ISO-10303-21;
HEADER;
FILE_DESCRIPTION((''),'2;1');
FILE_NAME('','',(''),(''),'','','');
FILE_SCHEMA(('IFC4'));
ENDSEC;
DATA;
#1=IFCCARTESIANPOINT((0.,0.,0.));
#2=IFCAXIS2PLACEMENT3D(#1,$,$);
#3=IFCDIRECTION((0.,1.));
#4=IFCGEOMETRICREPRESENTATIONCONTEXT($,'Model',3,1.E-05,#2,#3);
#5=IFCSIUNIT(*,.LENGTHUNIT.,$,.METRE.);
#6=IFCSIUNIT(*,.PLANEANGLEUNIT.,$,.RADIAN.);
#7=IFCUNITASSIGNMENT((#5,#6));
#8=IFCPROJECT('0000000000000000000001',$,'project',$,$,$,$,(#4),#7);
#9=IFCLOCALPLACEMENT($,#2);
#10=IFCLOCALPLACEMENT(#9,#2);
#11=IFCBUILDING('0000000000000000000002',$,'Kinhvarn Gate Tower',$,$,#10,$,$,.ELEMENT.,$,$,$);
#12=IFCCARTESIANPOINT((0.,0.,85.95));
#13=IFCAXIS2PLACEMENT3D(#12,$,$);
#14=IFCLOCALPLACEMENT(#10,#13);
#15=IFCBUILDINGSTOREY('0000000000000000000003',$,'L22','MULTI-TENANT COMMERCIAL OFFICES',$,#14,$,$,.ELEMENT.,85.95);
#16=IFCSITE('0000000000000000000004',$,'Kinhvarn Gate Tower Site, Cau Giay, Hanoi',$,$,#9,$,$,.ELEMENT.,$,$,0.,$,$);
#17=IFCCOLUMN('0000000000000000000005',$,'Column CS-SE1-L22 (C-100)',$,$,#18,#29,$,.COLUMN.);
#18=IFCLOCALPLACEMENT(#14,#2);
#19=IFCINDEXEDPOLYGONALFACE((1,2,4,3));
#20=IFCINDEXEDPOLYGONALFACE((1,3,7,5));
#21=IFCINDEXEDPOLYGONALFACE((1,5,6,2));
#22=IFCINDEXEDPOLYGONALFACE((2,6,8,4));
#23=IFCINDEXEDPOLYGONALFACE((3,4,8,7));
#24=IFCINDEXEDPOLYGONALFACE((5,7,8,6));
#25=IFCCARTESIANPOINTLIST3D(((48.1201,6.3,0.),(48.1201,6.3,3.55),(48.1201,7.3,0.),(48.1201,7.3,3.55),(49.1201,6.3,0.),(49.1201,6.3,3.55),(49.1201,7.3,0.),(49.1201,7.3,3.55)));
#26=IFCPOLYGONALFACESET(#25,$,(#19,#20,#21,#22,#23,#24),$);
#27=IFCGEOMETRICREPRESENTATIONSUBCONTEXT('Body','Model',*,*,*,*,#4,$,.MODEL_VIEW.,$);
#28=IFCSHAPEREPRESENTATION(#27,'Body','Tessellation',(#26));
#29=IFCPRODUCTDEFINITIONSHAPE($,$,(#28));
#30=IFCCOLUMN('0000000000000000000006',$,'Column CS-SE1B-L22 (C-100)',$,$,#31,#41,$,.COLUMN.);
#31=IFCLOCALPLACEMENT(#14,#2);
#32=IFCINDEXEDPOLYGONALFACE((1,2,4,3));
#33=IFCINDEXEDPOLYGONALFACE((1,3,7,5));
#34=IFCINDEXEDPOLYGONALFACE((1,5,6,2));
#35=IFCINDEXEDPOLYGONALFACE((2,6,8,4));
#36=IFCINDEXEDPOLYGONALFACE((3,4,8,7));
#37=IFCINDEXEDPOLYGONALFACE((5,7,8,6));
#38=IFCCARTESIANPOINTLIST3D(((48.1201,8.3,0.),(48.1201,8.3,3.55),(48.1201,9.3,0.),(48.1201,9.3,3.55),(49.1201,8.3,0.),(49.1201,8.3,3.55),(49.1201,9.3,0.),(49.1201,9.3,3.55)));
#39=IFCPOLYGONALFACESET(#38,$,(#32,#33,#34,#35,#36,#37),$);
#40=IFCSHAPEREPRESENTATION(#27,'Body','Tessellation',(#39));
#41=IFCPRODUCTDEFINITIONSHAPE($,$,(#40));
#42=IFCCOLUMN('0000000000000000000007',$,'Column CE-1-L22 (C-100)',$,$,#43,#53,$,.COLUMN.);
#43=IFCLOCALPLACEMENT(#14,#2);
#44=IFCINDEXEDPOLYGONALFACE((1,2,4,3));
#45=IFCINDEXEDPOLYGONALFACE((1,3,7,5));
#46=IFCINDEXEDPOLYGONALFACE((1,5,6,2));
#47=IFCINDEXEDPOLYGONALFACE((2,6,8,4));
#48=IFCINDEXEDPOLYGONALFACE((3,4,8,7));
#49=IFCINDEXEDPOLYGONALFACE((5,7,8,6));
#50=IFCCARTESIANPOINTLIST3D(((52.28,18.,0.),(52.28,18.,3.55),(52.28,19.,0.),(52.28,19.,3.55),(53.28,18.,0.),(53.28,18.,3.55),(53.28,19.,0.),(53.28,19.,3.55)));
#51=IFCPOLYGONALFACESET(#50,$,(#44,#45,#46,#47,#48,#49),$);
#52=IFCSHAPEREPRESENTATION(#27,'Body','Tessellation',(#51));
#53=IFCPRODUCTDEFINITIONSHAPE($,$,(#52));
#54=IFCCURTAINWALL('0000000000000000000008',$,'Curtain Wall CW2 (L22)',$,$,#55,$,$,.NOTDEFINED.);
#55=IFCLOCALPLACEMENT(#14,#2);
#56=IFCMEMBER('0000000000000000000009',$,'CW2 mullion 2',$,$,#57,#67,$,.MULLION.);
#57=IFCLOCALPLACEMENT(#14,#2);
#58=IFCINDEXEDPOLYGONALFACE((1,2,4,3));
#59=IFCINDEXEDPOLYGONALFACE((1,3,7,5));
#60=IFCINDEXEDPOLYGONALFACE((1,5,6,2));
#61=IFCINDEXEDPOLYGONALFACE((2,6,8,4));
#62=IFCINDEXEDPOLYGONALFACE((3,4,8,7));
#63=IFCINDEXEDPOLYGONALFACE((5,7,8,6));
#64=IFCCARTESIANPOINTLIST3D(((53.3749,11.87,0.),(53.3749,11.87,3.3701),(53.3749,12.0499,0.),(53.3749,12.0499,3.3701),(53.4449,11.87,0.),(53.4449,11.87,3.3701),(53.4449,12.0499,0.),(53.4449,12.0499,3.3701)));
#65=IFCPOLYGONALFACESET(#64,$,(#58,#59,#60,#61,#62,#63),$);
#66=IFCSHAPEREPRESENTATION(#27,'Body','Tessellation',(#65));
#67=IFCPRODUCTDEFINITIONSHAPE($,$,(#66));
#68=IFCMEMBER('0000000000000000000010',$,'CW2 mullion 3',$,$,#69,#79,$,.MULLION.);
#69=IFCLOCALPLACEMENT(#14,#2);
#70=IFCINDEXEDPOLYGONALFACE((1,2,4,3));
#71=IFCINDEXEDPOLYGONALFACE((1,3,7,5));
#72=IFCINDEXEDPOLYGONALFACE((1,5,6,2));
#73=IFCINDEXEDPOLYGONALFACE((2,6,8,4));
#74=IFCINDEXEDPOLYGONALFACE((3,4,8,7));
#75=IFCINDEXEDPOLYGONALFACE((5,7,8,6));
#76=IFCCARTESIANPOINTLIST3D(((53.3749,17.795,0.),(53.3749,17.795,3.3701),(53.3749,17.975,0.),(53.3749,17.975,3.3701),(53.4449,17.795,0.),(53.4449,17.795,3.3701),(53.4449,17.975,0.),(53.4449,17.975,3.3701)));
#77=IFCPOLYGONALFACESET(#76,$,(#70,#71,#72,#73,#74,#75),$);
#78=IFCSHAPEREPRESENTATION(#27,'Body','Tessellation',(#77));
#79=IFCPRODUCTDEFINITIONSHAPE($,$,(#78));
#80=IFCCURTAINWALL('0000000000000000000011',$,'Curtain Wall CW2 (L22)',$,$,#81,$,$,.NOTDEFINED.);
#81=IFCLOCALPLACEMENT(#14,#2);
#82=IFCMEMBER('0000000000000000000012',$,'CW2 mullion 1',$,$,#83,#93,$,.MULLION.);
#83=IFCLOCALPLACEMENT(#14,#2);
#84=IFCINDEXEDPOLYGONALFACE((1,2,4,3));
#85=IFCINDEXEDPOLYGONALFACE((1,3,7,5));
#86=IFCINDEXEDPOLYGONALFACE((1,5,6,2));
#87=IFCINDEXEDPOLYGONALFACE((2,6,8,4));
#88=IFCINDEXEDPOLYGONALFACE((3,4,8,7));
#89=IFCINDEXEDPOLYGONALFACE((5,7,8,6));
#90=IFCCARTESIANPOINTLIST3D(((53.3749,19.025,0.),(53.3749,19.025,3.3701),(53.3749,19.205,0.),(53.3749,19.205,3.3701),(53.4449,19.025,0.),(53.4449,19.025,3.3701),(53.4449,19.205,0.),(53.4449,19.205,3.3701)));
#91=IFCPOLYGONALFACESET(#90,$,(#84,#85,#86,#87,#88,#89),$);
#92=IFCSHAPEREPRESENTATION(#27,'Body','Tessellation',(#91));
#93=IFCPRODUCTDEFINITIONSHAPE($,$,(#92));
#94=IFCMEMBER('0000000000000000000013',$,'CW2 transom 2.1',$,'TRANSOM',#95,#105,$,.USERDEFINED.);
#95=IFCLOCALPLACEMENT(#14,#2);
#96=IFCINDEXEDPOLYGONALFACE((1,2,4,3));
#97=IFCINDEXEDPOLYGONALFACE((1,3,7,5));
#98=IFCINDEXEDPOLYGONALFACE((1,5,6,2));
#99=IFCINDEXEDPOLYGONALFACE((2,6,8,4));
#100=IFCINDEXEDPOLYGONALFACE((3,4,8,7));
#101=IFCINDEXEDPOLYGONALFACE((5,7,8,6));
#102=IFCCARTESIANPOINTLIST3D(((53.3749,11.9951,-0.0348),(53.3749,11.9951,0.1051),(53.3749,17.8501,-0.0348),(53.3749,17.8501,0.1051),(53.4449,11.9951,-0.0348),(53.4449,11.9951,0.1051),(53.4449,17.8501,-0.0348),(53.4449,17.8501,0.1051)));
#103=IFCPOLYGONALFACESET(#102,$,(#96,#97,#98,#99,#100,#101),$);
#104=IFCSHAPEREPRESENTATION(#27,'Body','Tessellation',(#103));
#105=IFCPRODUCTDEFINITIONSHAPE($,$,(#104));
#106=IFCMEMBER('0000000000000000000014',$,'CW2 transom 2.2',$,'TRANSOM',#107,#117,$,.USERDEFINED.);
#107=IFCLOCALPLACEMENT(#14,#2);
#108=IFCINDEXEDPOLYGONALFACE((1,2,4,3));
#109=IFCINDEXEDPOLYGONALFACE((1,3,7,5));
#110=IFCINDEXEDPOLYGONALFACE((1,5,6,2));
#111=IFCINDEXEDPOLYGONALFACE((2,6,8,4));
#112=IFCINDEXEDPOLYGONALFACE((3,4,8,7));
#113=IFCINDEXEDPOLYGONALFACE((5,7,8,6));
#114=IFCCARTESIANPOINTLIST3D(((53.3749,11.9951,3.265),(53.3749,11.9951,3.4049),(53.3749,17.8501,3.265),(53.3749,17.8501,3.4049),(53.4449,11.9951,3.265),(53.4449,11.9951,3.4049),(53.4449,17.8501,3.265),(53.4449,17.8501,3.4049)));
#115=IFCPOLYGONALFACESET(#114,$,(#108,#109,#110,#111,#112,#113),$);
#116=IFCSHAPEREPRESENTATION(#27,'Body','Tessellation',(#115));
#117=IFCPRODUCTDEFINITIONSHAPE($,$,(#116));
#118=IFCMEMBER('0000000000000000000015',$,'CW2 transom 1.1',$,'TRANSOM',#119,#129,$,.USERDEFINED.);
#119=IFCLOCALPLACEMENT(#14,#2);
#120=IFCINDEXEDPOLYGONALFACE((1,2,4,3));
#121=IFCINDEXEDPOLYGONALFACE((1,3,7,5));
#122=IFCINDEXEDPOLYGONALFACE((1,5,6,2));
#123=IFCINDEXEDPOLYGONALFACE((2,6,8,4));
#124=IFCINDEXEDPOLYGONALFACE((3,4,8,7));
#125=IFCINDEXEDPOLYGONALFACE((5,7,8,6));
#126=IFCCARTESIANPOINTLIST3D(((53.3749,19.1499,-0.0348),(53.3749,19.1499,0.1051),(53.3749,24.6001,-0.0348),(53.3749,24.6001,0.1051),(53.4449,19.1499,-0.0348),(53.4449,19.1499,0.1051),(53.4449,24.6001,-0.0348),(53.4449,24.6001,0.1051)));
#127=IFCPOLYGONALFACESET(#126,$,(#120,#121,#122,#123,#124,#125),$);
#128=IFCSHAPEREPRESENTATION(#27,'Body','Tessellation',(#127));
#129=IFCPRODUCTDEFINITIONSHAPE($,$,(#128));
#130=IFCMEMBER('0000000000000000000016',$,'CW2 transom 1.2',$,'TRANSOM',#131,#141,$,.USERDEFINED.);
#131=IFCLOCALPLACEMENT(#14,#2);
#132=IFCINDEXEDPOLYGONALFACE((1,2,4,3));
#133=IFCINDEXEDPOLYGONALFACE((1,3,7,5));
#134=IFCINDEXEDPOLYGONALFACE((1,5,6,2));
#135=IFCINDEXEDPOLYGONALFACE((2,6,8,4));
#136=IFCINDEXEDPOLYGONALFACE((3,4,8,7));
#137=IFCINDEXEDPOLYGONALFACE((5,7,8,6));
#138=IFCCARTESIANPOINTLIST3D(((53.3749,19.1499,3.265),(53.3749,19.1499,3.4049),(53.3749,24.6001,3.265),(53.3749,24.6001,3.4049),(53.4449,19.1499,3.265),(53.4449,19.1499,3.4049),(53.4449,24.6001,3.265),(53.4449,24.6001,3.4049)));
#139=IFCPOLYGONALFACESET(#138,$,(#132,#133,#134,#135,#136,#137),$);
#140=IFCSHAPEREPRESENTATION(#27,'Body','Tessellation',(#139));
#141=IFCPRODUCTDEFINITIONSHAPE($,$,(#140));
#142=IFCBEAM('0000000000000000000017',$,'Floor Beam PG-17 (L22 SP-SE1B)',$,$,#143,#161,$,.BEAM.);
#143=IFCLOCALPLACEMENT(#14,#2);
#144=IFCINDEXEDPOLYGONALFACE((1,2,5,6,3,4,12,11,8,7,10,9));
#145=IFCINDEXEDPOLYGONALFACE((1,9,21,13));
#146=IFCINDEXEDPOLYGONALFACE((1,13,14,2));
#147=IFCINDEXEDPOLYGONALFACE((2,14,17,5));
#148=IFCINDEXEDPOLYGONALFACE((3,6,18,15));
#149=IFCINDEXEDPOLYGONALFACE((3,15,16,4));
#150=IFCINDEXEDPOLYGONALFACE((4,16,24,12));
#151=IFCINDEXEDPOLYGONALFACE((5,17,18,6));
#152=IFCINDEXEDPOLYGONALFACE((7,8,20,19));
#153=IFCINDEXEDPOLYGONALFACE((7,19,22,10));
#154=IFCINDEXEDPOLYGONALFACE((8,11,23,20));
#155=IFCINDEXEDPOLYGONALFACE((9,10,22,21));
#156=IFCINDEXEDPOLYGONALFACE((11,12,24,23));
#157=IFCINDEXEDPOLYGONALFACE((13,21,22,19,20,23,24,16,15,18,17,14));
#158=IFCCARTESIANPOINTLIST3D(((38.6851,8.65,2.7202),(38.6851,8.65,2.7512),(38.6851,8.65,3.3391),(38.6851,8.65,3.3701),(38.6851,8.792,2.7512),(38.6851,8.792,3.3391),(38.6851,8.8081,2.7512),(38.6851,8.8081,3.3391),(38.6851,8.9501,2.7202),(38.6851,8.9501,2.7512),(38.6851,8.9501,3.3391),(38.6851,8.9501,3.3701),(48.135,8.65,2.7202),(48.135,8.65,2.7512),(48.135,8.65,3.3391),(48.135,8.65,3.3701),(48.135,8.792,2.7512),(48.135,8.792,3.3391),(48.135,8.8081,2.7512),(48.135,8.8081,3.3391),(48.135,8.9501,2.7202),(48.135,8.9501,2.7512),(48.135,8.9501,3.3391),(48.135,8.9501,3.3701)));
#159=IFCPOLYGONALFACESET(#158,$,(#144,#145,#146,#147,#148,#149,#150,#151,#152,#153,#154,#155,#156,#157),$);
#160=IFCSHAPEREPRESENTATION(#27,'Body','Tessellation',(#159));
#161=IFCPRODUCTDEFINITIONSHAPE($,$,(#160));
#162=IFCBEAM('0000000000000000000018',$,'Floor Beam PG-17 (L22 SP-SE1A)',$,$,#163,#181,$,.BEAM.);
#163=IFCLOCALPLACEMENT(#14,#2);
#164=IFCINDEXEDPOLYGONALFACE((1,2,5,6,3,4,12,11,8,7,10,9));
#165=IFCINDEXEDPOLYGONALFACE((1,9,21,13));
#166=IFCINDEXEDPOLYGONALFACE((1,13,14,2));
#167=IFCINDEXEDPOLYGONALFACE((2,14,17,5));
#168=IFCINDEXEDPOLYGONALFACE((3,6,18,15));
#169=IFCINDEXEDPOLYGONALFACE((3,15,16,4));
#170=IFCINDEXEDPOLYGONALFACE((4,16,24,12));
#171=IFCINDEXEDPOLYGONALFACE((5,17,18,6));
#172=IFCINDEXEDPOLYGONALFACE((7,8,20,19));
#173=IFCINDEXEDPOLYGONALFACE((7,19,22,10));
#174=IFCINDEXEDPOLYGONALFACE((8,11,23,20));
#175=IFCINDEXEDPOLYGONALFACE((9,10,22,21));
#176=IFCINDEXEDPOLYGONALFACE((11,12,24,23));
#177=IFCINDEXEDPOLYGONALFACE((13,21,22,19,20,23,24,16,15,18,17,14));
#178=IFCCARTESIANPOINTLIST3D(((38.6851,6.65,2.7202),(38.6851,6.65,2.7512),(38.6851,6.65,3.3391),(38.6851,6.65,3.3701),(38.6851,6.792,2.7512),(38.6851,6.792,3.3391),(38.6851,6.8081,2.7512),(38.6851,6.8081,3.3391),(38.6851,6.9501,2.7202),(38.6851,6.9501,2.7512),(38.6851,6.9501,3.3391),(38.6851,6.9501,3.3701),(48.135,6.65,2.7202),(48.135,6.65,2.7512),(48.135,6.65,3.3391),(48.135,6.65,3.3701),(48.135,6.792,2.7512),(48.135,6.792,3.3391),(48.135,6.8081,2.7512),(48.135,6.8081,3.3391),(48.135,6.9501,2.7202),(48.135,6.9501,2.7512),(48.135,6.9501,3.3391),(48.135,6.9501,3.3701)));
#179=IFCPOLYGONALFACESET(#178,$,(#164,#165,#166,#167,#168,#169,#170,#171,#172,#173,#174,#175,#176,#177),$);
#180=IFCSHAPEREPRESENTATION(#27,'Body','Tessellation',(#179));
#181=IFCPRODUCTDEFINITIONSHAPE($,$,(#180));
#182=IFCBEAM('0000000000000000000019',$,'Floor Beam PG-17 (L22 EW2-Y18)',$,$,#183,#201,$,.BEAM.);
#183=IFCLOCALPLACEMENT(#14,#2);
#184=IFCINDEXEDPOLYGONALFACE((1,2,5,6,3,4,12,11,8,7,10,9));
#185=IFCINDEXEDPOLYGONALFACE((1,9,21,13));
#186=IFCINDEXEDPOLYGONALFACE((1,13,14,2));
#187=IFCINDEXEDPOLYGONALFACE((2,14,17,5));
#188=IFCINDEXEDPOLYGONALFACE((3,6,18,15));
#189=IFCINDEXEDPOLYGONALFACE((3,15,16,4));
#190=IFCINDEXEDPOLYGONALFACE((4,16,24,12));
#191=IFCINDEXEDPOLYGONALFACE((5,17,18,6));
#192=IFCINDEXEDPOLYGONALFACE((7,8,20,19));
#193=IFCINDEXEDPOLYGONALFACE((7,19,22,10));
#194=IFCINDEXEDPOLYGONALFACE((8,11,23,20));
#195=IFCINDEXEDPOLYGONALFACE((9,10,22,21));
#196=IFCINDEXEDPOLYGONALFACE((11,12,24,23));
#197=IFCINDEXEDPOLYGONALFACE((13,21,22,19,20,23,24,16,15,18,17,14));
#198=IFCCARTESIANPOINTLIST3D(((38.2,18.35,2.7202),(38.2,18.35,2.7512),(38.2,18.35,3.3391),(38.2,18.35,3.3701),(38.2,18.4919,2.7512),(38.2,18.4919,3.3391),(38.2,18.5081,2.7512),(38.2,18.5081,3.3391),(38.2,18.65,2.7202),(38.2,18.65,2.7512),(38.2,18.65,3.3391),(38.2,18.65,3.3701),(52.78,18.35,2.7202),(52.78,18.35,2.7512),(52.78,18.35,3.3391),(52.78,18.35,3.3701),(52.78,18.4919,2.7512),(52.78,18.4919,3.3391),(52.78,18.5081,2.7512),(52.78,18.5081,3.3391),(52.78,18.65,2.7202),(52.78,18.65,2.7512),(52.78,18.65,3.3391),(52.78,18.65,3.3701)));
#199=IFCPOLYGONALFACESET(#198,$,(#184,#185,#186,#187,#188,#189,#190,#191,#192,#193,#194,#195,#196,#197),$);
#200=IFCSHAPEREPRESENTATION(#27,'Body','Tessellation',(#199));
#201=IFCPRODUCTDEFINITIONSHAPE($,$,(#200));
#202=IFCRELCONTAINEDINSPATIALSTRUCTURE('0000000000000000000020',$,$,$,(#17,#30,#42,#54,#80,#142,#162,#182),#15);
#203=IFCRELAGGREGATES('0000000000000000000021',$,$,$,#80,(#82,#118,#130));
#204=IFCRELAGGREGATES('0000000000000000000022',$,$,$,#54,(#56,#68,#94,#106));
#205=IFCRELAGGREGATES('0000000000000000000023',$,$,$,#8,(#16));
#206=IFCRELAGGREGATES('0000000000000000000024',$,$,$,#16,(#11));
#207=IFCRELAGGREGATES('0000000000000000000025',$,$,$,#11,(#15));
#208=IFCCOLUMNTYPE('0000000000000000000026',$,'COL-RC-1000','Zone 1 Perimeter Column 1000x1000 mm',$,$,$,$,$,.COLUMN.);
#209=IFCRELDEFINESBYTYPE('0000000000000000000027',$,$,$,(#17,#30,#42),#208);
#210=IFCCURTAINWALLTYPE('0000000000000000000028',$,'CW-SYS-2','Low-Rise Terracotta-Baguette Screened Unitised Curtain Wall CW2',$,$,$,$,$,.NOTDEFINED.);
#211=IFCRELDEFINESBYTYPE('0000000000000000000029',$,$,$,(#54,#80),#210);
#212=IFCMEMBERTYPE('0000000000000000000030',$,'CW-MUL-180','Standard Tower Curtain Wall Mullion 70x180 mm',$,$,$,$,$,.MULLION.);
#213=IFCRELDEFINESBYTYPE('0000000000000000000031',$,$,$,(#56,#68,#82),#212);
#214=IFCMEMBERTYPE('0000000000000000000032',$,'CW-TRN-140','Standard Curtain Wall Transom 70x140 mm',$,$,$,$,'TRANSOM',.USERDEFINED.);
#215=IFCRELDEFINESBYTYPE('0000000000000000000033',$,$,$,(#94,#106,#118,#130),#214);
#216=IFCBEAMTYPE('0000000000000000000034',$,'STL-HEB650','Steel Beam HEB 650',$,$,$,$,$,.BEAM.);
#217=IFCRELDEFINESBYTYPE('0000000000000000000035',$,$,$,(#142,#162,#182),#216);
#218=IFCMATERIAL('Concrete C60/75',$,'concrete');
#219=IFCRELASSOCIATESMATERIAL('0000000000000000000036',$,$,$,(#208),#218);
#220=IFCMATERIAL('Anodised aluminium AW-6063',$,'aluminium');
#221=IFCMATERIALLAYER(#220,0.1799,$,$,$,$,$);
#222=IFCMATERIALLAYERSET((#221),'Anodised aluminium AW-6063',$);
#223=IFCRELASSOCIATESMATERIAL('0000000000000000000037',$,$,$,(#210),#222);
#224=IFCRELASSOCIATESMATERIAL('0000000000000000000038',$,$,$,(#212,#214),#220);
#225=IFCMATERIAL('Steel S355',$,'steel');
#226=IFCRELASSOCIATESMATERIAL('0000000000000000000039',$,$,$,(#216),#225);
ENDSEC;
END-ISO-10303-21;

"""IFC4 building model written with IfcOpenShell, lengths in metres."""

from ifc_helpers import new_model, si_unit, direction, frame, origin, origin_2d, place, context, subcontext, project, spatial, rectangle, i_section, extrude, material, layer, layer_set, material_profile, profile_set, type_object, element, aggregate, save


model = new_model("IFC4")

# Units and contexts
model_context = context("Model", 3, precision=1e-05, world=origin(), true_north=direction((0.0, 1.0)))
body_context = subcontext(model_context, "Body", "Model", "MODEL_VIEW")
ifc_project = project(units=[si_unit("LENGTHUNIT", "METRE"), si_unit("PLANEANGLEUNIT", "RADIAN")], contexts=[model_context])

# Site, building, storey
site_placement = place(None, origin())
site = spatial("IfcSite", under=ifc_project, at=site_placement, Name="Kinhvarn Gate Tower Site, Cau Giay, Hanoi", CompositionType="ELEMENT", RefElevation=0.0)
building_placement = place(site_placement, origin())
building = spatial("IfcBuilding", under=site, at=building_placement, Name="Kinhvarn Gate Tower", CompositionType="ELEMENT")
storey_placement = place(building_placement, frame((0.0, 0.0, 85.95)))
storey = spatial("IfcBuildingStorey", under=building, at=storey_placement, Name="L22", Description="MULTI-TENANT COMMERCIAL OFFICES", CompositionType="ELEMENT", Elevation=85.95)

# Columns
ifc_material_1 = material(Name="Concrete C60/75", Category="concrete")
ifc_material_profile_1 = material_profile(ifc_material_1, rectangle(XDim=1.0, YDim=1.0, at=origin_2d()), Name="RC 1000x1000")
ifc_profile_set_1 = profile_set([ifc_material_profile_1], Name="Concrete C60/75")
column_type = type_object("IfcColumnType", Name="COL-RC-1000", Description="Zone 1 Perimeter Column 1000x1000 mm", PredefinedType="COLUMN", material=ifc_profile_set_1)
for number, where, z_axis, x_axis, name in (
    (1, (48.6201, 6.8, 0.0), (0.0, 0.0, 1.0), (1.0, 0.0, 0.0), "Column CS-SE1-L22 (C-100)"),
    (2, (48.6201, 8.8, 0.0), (0.0, 0.0, 1.0), (1.0, 0.0, 0.0), "Column CS-SE1B-L22 (C-100)"),
    (3, (52.78, 18.5, 0.0), (0.0, 0.0, 1.0), (1.0, 0.0, 0.0), "Column CE-1-L22 (C-100)"),
):
    element("IfcColumn", number, at=place(storey_placement, frame(where, z_axis=z_axis, x_axis=x_axis)), inside=storey, type_object=column_type, Name=name, PredefinedType="COLUMN", context=body_context, shape_type="SweptSolid", body=[
        extrude(rectangle(XDim=1.0, YDim=1.0, at=origin_2d()), origin(), (0.0, 0.0, 1.0), 3.55),
    ])

# Curtain wall, members
ifc_material_2 = material(Name="Anodised aluminium AW-6063", Category="aluminium")
ifc_layer_1 = layer(ifc_material_2, 0.1799)
ifc_layer_set_1 = layer_set([ifc_layer_1], Name="Anodised aluminium AW-6063")
curtain_wall_type = type_object("IfcCurtainWallType", Name="CW-SYS-2", Description="Low-Rise Terracotta-Baguette Screened Unitised Curtain Wall CW2", PredefinedType="NOTDEFINED", material=ifc_layer_set_1)
curtain_wall_1_placement = place(storey_placement, origin())
curtain_wall_1 = element("IfcCurtainWall", 4, at=curtain_wall_1_placement, inside=storey, type_object=curtain_wall_type, Name="Curtain Wall CW2 (L22)", PredefinedType="NOTDEFINED")
ifc_material_profile_2 = material_profile(ifc_material_2, rectangle(XDim=0.0701, YDim=0.1799, at=origin_2d()), Name="ALU 70x180")
ifc_profile_set_2 = profile_set([ifc_material_profile_2], Name="Anodised aluminium AW-6063")
member_type_1 = type_object("IfcMemberType", Name="CW-MUL-180", Description="Standard Tower Curtain Wall Mullion 70x180 mm", PredefinedType="MULLION", material=ifc_profile_set_2)
member_1_placement = place(storey_placement, frame((53.4099, 11.96, 0.0), z_axis=(0.0, 0.0, 1.0), x_axis=(-1.0, 0.0, 0.0)))
member_1 = element("IfcMember", 5, at=member_1_placement, type_object=member_type_1, Name="CW2 mullion 2", PredefinedType="MULLION", context=body_context, shape_type="SweptSolid", body=[
    extrude(rectangle(XDim=0.0701, YDim=0.1799, at=origin_2d()), origin(), (0.0, 0.0, 1.0), 3.3701),
])
member_2_placement = place(storey_placement, frame((53.4099, 17.885, 0.0), z_axis=(0.0, 0.0, 1.0), x_axis=(-1.0, 0.0, 0.0)))
member_2 = element("IfcMember", 6, at=member_2_placement, type_object=member_type_1, Name="CW2 mullion 3", PredefinedType="MULLION", context=body_context, shape_type="SweptSolid", body=[
    extrude(rectangle(XDim=0.0701, YDim=0.1799, at=origin_2d()), origin(), (0.0, 0.0, 1.0), 3.3701),
])

# Curtain wall, member
curtain_wall_2_placement = place(storey_placement, origin())
curtain_wall_2 = element("IfcCurtainWall", 7, at=curtain_wall_2_placement, inside=storey, type_object=curtain_wall_type, Name="Curtain Wall CW2 (L22)", PredefinedType="NOTDEFINED")
member_3_placement = place(storey_placement, frame((53.4099, 19.115, 0.0), z_axis=(0.0, 0.0, 1.0), x_axis=(-1.0, 0.0, 0.0)))
member_3 = element("IfcMember", 8, at=member_3_placement, type_object=member_type_1, Name="CW2 mullion 1", PredefinedType="MULLION", context=body_context, shape_type="SweptSolid", body=[
    extrude(rectangle(XDim=0.0701, YDim=0.1799, at=origin_2d()), origin(), (0.0, 0.0, 1.0), 3.3701),
])

# Members
ifc_material_profile_3 = material_profile(ifc_material_2, rectangle(XDim=0.0701, YDim=0.1399, at=origin_2d()), Name="ALU 70x140")
ifc_profile_set_3 = profile_set([ifc_material_profile_3], Name="Anodised aluminium AW-6063")
member_type_2 = type_object("IfcMemberType", Name="CW-TRN-140", Description="Standard Curtain Wall Transom 70x140 mm", ElementType="TRANSOM", PredefinedType="USERDEFINED", material=ifc_profile_set_3)
member_4_placement = place(storey_placement, frame((53.4099, 11.9951, 0.0352), z_axis=(0.0, 1.0, 0.0), x_axis=(-1.0, 0.0, 0.0)))
member_4 = element("IfcMember", 9, at=member_4_placement, type_object=member_type_2, Name="CW2 transom 2.1", ObjectType="TRANSOM", PredefinedType="USERDEFINED", context=body_context, shape_type="SweptSolid", body=[
    extrude(rectangle(XDim=0.0701, YDim=0.1399, at=origin_2d()), origin(), (0.0, 0.0, 1.0), 5.855),
])
member_5_placement = place(storey_placement, frame((53.4099, 11.9951, 3.335), z_axis=(0.0, 1.0, 0.0), x_axis=(-1.0, 0.0, 0.0)))
member_5 = element("IfcMember", 10, at=member_5_placement, type_object=member_type_2, Name="CW2 transom 2.2", ObjectType="TRANSOM", PredefinedType="USERDEFINED", context=body_context, shape_type="SweptSolid", body=[
    extrude(rectangle(XDim=0.0701, YDim=0.1399, at=origin_2d()), origin(), (0.0, 0.0, 1.0), 5.855),
])
member_6_placement = place(storey_placement, frame((53.4099, 19.1499, 0.0352), z_axis=(0.0, 1.0, 0.0), x_axis=(-1.0, 0.0, 0.0)))
member_6 = element("IfcMember", 11, at=member_6_placement, type_object=member_type_2, Name="CW2 transom 1.1", ObjectType="TRANSOM", PredefinedType="USERDEFINED", context=body_context, shape_type="SweptSolid", body=[
    extrude(rectangle(XDim=0.0701, YDim=0.1399, at=origin_2d()), origin(), (0.0, 0.0, 1.0), 5.4502),
])
member_7_placement = place(storey_placement, frame((53.4099, 19.1499, 3.335), z_axis=(0.0, 1.0, 0.0), x_axis=(-1.0, 0.0, 0.0)))
member_7 = element("IfcMember", 12, at=member_7_placement, type_object=member_type_2, Name="CW2 transom 1.2", ObjectType="TRANSOM", PredefinedType="USERDEFINED", context=body_context, shape_type="SweptSolid", body=[
    extrude(rectangle(XDim=0.0701, YDim=0.1399, at=origin_2d()), origin(), (0.0, 0.0, 1.0), 5.4502),
])
aggregate(curtain_wall_2, [member_3, member_6, member_7])

# Beams
ifc_material_3 = material(Name="Steel S355", Category="steel")
ifc_material_profile_4 = material_profile(ifc_material_3, i_section(OverallWidth=0.3, OverallDepth=0.6499, WebThickness=0.0161, FlangeThickness=0.031, at=origin_2d()), Name="HEB 650")
ifc_profile_set_4 = profile_set([ifc_material_profile_4], Name="Steel S355")
beam_type_1 = type_object("IfcBeamType", Name="STL-HEB650", Description="Steel Beam HEB 650", PredefinedType="BEAM", material=ifc_profile_set_4)
for number, where, z_axis, x_axis, name in (
    (13, (38.6851, 8.8, 3.0452), (1.0, 0.0, 0.0), (0.0, 1.0, 0.0), "Floor Beam PG-17 (L22 SP-SE1B)"),
    (14, (38.6851, 6.8, 3.0452), (1.0, 0.0, 0.0), (0.0, 1.0, 0.0), "Floor Beam PG-17 (L22 SP-SE1A)"),
):
    element("IfcBeam", number, at=place(storey_placement, frame(where, z_axis=z_axis, x_axis=x_axis)), inside=storey, type_object=beam_type_1, Name=name, PredefinedType="BEAM", context=body_context, shape_type="SweptSolid", body=[
        extrude(i_section(OverallWidth=0.3, OverallDepth=0.6499, WebThickness=0.0161, FlangeThickness=0.031, at=origin_2d()), origin(), (0.0, 0.0, 1.0), 9.45),
    ])
beam_1_placement = place(storey_placement, frame((38.2, 18.5, 3.0452), z_axis=(1.0, 0.0, 0.0), x_axis=(0.0, 1.0, 0.0)))
element("IfcBeam", 15, at=beam_1_placement, inside=storey, type_object=beam_type_1, Name="Floor Beam PG-17 (L22 EW2-Y18)", PredefinedType="BEAM", context=body_context, shape_type="SweptSolid", body=[
    extrude(i_section(OverallWidth=0.3, OverallDepth=0.6499, WebThickness=0.0161, FlangeThickness=0.031, at=origin_2d()), origin(), (0.0, 0.0, 1.0), 14.5801),
])

aggregate(curtain_wall_1, [member_1, member_2, member_4, member_5])

save(model, "model.ifc")
